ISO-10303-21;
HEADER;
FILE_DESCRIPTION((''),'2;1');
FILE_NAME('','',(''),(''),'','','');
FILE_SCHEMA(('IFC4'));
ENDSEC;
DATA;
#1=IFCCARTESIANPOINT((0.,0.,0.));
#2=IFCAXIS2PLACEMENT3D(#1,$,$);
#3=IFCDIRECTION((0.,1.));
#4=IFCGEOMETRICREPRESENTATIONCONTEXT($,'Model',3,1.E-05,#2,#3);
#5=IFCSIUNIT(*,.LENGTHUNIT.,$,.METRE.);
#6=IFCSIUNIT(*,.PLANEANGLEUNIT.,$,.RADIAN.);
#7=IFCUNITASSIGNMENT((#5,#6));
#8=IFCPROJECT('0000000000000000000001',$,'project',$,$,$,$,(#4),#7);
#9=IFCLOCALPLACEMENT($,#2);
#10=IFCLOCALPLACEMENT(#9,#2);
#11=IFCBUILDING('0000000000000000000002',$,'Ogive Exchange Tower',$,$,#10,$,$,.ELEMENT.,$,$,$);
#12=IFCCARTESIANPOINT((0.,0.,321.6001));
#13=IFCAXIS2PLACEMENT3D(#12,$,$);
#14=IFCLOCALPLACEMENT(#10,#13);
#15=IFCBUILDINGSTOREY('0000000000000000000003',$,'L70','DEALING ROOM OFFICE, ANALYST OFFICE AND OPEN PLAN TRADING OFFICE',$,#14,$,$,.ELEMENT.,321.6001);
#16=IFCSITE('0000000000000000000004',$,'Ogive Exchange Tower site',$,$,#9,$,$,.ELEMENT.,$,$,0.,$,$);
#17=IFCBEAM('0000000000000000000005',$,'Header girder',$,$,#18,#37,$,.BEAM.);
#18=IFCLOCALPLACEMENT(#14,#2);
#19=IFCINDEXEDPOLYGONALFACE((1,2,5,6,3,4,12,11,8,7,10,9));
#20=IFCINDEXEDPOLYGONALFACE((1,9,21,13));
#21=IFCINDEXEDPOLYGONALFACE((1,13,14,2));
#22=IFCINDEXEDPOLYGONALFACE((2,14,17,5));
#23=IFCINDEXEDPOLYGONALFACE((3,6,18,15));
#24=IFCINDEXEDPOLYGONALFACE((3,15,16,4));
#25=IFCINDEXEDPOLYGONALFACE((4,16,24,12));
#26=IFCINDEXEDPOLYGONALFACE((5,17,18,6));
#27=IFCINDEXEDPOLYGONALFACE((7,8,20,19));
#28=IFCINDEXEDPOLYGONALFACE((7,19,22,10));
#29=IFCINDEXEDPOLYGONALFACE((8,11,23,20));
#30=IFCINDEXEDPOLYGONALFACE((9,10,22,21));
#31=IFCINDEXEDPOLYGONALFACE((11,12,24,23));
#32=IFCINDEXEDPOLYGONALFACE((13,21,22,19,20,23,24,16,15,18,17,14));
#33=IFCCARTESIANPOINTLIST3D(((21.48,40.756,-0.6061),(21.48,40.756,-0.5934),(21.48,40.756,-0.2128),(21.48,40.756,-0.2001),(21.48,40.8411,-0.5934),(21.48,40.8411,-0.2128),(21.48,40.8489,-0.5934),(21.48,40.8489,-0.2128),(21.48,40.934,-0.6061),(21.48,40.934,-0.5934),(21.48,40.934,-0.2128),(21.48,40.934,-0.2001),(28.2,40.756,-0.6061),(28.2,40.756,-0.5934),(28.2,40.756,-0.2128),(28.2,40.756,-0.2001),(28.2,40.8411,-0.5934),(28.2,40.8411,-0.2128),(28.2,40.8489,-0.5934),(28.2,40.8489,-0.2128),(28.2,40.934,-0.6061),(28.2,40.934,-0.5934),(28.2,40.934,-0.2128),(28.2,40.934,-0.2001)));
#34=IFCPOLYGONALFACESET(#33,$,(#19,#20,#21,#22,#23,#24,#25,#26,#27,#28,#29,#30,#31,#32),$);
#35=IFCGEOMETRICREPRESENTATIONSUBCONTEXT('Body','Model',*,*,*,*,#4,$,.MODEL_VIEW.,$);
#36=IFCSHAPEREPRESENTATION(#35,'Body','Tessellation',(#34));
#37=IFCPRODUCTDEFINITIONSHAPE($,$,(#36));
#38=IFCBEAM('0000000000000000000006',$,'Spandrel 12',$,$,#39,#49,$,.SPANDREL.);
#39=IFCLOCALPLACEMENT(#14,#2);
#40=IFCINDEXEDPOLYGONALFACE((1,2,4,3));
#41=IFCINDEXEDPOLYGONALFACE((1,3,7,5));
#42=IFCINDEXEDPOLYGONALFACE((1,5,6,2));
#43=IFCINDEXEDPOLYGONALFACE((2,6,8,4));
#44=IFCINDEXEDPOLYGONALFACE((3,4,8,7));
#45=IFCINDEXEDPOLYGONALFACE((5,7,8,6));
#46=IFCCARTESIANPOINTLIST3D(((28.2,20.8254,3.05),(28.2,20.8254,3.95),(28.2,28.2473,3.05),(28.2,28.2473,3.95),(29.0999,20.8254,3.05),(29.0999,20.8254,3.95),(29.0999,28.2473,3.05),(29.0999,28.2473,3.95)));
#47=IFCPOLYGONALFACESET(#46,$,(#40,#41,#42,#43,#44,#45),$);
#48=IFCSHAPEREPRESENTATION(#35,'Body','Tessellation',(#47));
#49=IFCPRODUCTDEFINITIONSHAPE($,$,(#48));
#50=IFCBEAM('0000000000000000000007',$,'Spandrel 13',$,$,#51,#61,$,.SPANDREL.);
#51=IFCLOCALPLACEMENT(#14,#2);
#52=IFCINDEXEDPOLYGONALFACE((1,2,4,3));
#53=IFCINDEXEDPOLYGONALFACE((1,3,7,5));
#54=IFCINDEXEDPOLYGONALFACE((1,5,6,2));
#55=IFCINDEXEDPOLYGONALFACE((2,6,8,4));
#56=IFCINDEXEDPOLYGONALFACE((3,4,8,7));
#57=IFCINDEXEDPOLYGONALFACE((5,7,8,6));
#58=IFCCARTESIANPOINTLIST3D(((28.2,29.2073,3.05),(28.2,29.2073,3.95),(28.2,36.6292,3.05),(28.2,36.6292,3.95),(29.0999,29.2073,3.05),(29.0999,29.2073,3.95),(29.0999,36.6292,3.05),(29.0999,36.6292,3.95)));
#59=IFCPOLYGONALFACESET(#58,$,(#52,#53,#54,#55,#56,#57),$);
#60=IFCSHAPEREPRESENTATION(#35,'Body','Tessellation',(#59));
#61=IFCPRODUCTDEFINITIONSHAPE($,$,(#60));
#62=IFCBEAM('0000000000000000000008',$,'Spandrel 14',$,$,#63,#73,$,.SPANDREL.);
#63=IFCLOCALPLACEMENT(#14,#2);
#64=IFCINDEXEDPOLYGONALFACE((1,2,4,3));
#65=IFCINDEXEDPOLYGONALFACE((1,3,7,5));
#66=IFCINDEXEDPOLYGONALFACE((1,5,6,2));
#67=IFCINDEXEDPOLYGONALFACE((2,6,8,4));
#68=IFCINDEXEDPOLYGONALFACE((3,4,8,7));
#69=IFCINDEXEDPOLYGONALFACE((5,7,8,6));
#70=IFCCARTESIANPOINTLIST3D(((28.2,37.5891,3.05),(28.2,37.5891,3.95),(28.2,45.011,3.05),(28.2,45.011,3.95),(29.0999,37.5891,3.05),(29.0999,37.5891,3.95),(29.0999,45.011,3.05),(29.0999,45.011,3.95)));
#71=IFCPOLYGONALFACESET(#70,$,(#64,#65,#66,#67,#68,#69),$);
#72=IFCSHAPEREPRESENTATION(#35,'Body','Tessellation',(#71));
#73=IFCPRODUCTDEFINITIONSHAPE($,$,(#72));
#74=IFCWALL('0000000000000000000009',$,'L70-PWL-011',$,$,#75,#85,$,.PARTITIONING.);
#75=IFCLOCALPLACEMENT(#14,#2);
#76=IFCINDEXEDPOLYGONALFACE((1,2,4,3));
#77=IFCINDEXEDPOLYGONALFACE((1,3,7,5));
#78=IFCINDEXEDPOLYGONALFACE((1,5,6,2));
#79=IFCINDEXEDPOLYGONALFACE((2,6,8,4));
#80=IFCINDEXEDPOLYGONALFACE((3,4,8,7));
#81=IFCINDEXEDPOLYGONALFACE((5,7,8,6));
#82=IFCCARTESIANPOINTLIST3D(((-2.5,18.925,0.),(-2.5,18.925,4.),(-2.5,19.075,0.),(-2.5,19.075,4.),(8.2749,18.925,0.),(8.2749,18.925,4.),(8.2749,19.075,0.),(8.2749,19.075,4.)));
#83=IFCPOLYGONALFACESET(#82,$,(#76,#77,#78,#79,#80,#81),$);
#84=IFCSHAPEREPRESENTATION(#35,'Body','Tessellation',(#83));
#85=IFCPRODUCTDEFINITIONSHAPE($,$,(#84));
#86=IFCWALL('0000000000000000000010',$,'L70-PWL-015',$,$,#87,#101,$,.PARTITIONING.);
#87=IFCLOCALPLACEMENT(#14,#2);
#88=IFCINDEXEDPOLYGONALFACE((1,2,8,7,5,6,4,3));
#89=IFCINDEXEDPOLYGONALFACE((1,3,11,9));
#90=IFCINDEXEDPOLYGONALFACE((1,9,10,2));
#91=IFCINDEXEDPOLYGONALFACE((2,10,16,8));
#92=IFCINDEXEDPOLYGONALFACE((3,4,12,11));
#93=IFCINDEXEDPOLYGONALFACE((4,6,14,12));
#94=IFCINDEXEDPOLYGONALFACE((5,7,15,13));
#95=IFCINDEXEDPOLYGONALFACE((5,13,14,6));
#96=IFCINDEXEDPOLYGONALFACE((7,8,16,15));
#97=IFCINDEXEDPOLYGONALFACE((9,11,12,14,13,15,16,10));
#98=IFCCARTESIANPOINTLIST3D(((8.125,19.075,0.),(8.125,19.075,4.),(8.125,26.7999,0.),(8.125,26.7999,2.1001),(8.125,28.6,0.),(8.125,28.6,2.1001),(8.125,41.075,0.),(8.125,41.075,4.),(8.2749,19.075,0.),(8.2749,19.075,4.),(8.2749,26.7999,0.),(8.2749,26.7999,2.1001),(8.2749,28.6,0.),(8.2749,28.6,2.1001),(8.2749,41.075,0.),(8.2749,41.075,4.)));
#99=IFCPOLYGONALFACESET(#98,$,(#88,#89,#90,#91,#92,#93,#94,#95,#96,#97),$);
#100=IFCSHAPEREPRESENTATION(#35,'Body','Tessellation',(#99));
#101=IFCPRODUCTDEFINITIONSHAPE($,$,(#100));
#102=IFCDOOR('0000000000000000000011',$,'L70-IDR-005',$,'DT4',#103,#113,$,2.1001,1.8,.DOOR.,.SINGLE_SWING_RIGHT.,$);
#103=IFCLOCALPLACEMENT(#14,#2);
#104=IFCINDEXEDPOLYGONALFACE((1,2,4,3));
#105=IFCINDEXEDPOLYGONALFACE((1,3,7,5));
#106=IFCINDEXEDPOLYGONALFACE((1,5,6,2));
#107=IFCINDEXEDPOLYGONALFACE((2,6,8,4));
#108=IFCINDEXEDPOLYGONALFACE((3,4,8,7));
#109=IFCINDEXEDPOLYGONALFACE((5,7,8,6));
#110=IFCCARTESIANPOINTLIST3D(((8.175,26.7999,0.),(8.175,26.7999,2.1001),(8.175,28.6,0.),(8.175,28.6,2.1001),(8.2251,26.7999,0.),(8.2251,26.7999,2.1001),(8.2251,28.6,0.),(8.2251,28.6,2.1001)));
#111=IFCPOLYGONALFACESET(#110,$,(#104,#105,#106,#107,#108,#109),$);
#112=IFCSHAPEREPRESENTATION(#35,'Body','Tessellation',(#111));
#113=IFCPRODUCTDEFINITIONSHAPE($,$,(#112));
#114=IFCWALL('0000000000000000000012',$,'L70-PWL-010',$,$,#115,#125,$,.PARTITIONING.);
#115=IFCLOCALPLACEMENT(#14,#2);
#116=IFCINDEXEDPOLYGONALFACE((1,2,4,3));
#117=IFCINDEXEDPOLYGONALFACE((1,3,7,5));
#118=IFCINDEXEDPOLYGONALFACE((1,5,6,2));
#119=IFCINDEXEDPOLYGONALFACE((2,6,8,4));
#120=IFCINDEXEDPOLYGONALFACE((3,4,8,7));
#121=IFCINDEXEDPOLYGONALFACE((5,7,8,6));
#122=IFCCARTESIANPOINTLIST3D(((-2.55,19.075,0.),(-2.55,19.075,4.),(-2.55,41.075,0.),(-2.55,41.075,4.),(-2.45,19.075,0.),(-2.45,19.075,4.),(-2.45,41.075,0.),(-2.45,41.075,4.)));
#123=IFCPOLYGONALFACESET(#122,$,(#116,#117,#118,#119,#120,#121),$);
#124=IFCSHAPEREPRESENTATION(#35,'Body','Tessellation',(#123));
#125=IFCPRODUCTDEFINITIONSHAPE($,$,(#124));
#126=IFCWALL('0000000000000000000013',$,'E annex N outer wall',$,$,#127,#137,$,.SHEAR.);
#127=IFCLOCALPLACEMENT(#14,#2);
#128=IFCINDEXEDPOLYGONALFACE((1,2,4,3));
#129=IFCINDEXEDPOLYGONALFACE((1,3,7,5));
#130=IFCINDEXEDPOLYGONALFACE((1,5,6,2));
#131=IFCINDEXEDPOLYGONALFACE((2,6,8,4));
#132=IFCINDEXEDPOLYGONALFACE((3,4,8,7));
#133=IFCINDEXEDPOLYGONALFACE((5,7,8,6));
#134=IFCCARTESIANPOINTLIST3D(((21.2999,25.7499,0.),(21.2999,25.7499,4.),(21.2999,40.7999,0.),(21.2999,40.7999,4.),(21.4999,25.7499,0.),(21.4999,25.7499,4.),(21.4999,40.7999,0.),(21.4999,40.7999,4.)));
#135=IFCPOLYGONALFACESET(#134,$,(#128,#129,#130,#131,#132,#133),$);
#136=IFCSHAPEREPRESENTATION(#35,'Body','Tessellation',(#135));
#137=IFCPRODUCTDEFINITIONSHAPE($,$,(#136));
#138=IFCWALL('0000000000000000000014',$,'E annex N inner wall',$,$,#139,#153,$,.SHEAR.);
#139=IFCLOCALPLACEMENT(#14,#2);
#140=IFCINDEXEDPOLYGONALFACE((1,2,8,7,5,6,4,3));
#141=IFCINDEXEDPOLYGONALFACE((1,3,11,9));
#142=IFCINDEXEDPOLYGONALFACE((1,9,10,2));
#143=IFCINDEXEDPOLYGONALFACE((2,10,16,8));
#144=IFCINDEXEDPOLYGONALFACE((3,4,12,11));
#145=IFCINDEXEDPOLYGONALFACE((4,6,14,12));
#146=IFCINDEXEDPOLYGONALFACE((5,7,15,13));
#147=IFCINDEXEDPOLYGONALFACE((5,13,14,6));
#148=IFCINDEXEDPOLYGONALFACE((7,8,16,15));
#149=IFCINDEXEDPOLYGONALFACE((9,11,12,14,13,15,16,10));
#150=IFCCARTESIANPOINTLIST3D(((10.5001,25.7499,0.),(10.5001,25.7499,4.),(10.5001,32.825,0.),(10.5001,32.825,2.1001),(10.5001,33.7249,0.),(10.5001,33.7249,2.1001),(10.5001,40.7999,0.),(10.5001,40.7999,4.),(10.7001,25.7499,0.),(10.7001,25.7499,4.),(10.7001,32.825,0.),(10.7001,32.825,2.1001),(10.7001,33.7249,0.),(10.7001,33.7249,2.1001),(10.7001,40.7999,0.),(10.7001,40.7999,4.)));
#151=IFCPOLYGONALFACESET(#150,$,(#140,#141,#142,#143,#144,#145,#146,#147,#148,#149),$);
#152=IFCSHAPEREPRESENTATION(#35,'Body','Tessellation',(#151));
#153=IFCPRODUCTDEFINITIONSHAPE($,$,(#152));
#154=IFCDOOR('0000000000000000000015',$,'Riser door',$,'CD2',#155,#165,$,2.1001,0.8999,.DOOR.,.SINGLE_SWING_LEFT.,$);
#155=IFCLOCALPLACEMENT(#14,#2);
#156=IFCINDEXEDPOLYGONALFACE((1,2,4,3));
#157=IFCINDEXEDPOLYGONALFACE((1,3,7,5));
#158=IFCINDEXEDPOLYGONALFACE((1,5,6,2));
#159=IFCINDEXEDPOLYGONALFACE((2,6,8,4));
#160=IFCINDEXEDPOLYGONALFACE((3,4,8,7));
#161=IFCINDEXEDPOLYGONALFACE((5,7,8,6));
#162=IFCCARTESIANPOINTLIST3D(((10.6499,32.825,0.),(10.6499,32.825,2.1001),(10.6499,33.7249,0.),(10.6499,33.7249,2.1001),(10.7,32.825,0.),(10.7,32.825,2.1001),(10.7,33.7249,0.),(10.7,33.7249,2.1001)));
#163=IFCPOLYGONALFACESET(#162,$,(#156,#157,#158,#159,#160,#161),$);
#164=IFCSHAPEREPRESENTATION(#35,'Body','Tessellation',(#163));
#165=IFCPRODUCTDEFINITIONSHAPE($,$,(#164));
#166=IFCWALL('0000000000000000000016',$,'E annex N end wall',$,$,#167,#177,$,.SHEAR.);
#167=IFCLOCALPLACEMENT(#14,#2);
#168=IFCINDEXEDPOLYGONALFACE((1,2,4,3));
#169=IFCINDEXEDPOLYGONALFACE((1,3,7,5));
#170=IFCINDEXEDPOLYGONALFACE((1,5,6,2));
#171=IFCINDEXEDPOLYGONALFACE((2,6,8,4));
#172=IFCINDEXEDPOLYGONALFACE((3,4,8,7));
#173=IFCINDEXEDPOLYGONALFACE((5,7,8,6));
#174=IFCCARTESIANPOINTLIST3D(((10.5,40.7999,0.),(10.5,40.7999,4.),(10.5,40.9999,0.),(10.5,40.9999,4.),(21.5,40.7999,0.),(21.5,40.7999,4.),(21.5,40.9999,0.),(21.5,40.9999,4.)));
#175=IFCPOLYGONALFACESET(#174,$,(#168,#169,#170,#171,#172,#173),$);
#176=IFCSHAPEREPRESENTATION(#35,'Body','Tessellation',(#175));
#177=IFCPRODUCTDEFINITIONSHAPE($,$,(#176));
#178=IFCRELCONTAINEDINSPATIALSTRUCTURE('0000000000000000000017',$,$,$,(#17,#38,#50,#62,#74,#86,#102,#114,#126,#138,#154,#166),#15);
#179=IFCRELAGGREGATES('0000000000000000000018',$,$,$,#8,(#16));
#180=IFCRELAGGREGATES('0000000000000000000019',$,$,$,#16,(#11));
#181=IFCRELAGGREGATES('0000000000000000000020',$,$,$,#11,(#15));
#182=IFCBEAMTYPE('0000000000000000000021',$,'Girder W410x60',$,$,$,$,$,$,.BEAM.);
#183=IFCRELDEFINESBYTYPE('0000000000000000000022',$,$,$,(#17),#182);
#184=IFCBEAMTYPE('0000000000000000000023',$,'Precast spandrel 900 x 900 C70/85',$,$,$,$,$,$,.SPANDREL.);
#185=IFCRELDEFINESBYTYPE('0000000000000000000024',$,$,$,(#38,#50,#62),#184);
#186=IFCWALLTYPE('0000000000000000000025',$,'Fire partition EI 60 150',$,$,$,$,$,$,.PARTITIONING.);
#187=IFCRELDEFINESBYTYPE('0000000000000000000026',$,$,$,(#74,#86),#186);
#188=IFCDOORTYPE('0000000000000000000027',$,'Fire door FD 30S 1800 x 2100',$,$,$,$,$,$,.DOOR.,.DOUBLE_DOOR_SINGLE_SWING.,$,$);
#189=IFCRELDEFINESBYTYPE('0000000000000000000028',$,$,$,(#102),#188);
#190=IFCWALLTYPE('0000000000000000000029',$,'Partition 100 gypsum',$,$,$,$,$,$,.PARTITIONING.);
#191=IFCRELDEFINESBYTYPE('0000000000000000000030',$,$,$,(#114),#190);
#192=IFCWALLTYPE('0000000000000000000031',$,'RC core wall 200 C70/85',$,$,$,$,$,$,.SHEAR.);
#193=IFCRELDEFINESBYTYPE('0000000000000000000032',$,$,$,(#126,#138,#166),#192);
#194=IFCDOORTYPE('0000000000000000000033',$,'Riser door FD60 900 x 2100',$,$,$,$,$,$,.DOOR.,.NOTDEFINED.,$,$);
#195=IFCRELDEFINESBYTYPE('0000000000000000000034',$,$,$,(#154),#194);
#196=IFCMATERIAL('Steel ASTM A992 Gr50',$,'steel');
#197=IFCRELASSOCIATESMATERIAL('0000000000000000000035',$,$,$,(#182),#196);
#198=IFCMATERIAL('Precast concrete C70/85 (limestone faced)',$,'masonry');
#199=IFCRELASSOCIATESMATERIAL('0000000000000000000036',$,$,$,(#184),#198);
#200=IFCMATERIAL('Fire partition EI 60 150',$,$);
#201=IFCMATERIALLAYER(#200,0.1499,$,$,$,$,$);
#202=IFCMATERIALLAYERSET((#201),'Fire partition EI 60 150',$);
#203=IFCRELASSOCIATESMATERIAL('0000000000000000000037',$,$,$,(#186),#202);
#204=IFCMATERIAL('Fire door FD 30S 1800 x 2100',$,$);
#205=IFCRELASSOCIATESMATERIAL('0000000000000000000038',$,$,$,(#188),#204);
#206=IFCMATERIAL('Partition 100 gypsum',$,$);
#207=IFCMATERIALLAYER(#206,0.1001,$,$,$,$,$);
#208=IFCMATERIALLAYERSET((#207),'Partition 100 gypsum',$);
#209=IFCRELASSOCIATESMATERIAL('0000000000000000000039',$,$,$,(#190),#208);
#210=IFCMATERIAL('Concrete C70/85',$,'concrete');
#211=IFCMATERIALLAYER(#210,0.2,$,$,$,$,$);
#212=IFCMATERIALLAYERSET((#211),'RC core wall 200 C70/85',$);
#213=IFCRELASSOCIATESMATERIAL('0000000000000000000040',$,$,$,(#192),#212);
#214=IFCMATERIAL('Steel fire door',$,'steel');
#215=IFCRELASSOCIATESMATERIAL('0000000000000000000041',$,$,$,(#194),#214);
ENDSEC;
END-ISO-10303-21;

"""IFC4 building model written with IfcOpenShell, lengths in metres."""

from ifc_helpers import new_model, si_unit, direction, frame, frame_2d, origin, origin_2d, place, context, subcontext, project, spatial, rectangle, i_section, extrude, material, layer, layer_set, material_profile, profile_set, type_object, element, fill, save


model = new_model("IFC4")

# Units and contexts
model_context = context("Model", 3, precision=1e-05, world=origin(), true_north=direction((0.0, 1.0)))
body_context = subcontext(model_context, "Body", "Model", "MODEL_VIEW")
ifc_project = project(units=[si_unit("LENGTHUNIT", "METRE"), si_unit("PLANEANGLEUNIT", "RADIAN")], contexts=[model_context])

# Site, building, storey
site_placement = place(None, origin())
site = spatial("IfcSite", under=ifc_project, at=site_placement, Name="Ogive Exchange Tower site", CompositionType="ELEMENT", RefElevation=0.0)
building_placement = place(site_placement, origin())
building = spatial("IfcBuilding", under=site, at=building_placement, Name="Ogive Exchange Tower", CompositionType="ELEMENT")
storey_placement = place(building_placement, frame((0.0, 0.0, 321.6001)))
storey = spatial("IfcBuildingStorey", under=building, at=storey_placement, Name="L70", Description="DEALING ROOM OFFICE, ANALYST OFFICE AND OPEN PLAN TRADING OFFICE", CompositionType="ELEMENT", Elevation=321.6001)

# Shared definitions
ifc_material_1 = material(Name="Precast concrete C70/85 (limestone faced)", Category="masonry")

# Beams
ifc_material_2 = material(Name="Steel ASTM A992 Gr50", Category="steel")
ifc_material_profile_1 = material_profile(ifc_material_2, i_section(OverallWidth=0.178, OverallDepth=0.406, WebThickness=0.0078, FlangeThickness=0.0127, at=origin_2d()), Name="W410x60")
ifc_profile_set_1 = profile_set([ifc_material_profile_1], Name="Steel ASTM A992 Gr50")
beam_type_1 = type_object("IfcBeamType", Name="Girder W410x60", PredefinedType="BEAM", material=ifc_profile_set_1)
beam_1_placement = place(storey_placement, frame((21.48, 40.845, -0.4031), z_axis=(1.0, 0.0, 0.0), x_axis=(0.0, 1.0, 0.0)))
element("IfcBeam", 1, at=beam_1_placement, inside=storey, type_object=beam_type_1, Name="Header girder", PredefinedType="BEAM", context=body_context, shape_type="SweptSolid", body=[
    extrude(i_section(OverallWidth=0.178, OverallDepth=0.406, WebThickness=0.0078, FlangeThickness=0.0127, at=origin_2d()), origin(), (0.0, 0.0, 1.0), 6.72),
])
ifc_material_profile_2 = material_profile(ifc_material_1, rectangle(XDim=0.8999, YDim=0.8999, at=origin_2d()), Name="900 x 900")
ifc_profile_set_2 = profile_set([ifc_material_profile_2], Name="Precast concrete C70/85 (limestone faced)")
beam_type_2 = type_object("IfcBeamType", Name="Precast spandrel 900 x 900 C70/85", PredefinedType="SPANDREL", material=ifc_profile_set_2)
for number, where, z_axis, x_axis, name in (
    (2, (28.6499, 20.8254, 3.5), (0.0, 1.0, 0.0), (-1.0, 0.0, 0.0), "Spandrel 12"),
    (3, (28.6499, 29.2073, 3.5), (0.0, 1.0, 0.0), (-1.0, 0.0, 0.0), "Spandrel 13"),
    (4, (28.6499, 37.5891, 3.5), (0.0, 1.0, 0.0), (-1.0, 0.0, 0.0), "Spandrel 14"),
):
    element("IfcBeam", number, at=place(storey_placement, frame(where, z_axis=z_axis, x_axis=x_axis)), inside=storey, type_object=beam_type_2, Name=name, PredefinedType="SPANDREL", context=body_context, shape_type="SweptSolid", body=[
        extrude(rectangle(XDim=0.8999, YDim=0.8999, at=origin_2d()), origin(), (0.0, 0.0, 1.0), 7.4219),
    ])

# Wall
ifc_material_3 = material(Name="Fire partition EI 60 150")
ifc_layer_1 = layer(ifc_material_3, 0.1499)
ifc_layer_set_1 = layer_set([ifc_layer_1], Name="Fire partition EI 60 150")
wall_type_1 = type_object("IfcWallType", Name="Fire partition EI 60 150", PredefinedType="PARTITIONING", material=ifc_layer_set_1)
wall_1_placement = place(storey_placement, frame((-2.5, 19.0, 0.0), z_axis=(0.0, 0.0, 1.0), x_axis=(1.0, 0.0, 0.0)))
element("IfcWall", 5, at=wall_1_placement, inside=storey, type_object=wall_type_1, Name="L70-PWL-011", PredefinedType="PARTITIONING", context=body_context, shape_type="SweptSolid", body=[
    extrude(rectangle(XDim=10.7749, YDim=0.1499, at=frame_2d((5.3875, 0.0))), origin(), (0.0, 0.0, 1.0), 4.0),
])

# Wall, opening, door
wall_2_placement = place(storey_placement, frame((8.2, 19.075, 0.0), z_axis=(0.0, 0.0, 1.0), x_axis=(0.0, 1.0, 0.0)))
wall_2 = element("IfcWall", 6, at=wall_2_placement, inside=storey, type_object=wall_type_1, Name="L70-PWL-015", PredefinedType="PARTITIONING", context=body_context, shape_type="SweptSolid", body=[
    extrude(rectangle(XDim=22.0, YDim=0.1499, at=frame_2d((11.0, 0.0))), origin(), (0.0, 0.0, 1.0), 4.0),
])
opening_1_placement = place(wall_2_placement, frame((7.7251, 0.0, 0.0)))
opening_1 = element("IfcOpeningElement", 7, at=opening_1_placement, cuts=wall_2, PredefinedType="OPENING", context=body_context, shape_type="SweptSolid", body=[
    extrude(rectangle(XDim=1.8, YDim=2.1001, at=frame_2d((0.8999, 1.05))), frame((0.0, 0.085, 0.0), z_axis=(0.0, -1.0, 0.0), x_axis=(1.0, 0.0, 0.0)), (0.0, 0.0, 1.0), 0.1699),
])
ifc_material_4 = material(Name="Fire door FD 30S 1800 x 2100")
door_type_1 = type_object("IfcDoorType", Name="Fire door FD 30S 1800 x 2100", OperationType="DOUBLE_DOOR_SINGLE_SWING", PredefinedType="DOOR", material=ifc_material_4)
door_1_placement = place(opening_1_placement, origin())
door_1 = element("IfcDoor", 8, at=door_1_placement, inside=storey, type_object=door_type_1, Name="L70-IDR-005", ObjectType="DT4", OperationType="SINGLE_SWING_RIGHT", OverallHeight=2.1001, OverallWidth=1.8, PredefinedType="DOOR", context=body_context, shape_type="SweptSolid", body=[
    extrude(rectangle(XDim=1.8, YDim=2.1001, at=frame_2d((0.8999, 1.05))), frame((0.0, 0.0249, 0.0), z_axis=(0.0, -1.0, 0.0), x_axis=(1.0, 0.0, 0.0)), (0.0, 0.0, 1.0), 0.05),
])
fill(opening_1, door_1)

# Walls
ifc_material_5 = material(Name="Partition 100 gypsum")
ifc_layer_2 = layer(ifc_material_5, 0.1001)
ifc_layer_set_2 = layer_set([ifc_layer_2], Name="Partition 100 gypsum")
wall_type_2 = type_object("IfcWallType", Name="Partition 100 gypsum", PredefinedType="PARTITIONING", material=ifc_layer_set_2)
wall_3_placement = place(storey_placement, frame((-2.5, 19.075, 0.0), z_axis=(0.0, 0.0, 1.0), x_axis=(0.0, 1.0, 0.0)))
element("IfcWall", 9, at=wall_3_placement, inside=storey, type_object=wall_type_2, Name="L70-PWL-010", PredefinedType="PARTITIONING", context=body_context, shape_type="SweptSolid", body=[
    extrude(rectangle(XDim=22.0, YDim=0.1001, at=frame_2d((11.0, 0.0))), origin(), (0.0, 0.0, 1.0), 4.0),
])
ifc_material_6 = material(Name="Concrete C70/85", Category="concrete")
ifc_layer_3 = layer(ifc_material_6, 0.2)
ifc_layer_set_3 = layer_set([ifc_layer_3], Name="RC core wall 200 C70/85")
wall_type_3 = type_object("IfcWallType", Name="RC core wall 200 C70/85", PredefinedType="SHEAR", material=ifc_layer_set_3)
wall_4_placement = place(storey_placement, frame((21.3999, 25.75, 0.0), z_axis=(0.0, 0.0, 1.0), x_axis=(0.0, 1.0, 0.0)))
element("IfcWall", 10, at=wall_4_placement, inside=storey, type_object=wall_type_3, Name="E annex N outer wall", PredefinedType="SHEAR", context=body_context, shape_type="SweptSolid", body=[
    extrude(rectangle(XDim=15.05, YDim=0.2, at=frame_2d((7.5249, 0.0))), origin(), (0.0, 0.0, 1.0), 4.0),
])

# Wall, opening, door
wall_5_placement = place(storey_placement, frame((10.6001, 25.75, 0.0), z_axis=(0.0, 0.0, 1.0), x_axis=(0.0, 1.0, 0.0)))
wall_5 = element("IfcWall", 11, at=wall_5_placement, inside=storey, type_object=wall_type_3, Name="E annex N inner wall", PredefinedType="SHEAR", context=body_context, shape_type="SweptSolid", body=[
    extrude(rectangle(XDim=15.05, YDim=0.2, at=frame_2d((7.5249, 0.0))), origin(), (0.0, 0.0, 1.0), 4.0),
])
opening_2_placement = place(wall_5_placement, frame((7.075, 0.0, 0.0)))
opening_2 = element("IfcOpeningElement", 12, at=opening_2_placement, cuts=wall_5, PredefinedType="OPENING", context=body_context, shape_type="SweptSolid", body=[
    extrude(rectangle(XDim=0.8999, YDim=2.1001, at=frame_2d((0.45, 1.05))), frame((0.0, 0.1099, 0.0), z_axis=(0.0, -1.0, 0.0), x_axis=(1.0, 0.0, 0.0)), (0.0, 0.0, 1.0), 0.22),
])
ifc_material_7 = material(Name="Steel fire door", Category="steel")
door_type_2 = type_object("IfcDoorType", Name="Riser door FD60 900 x 2100", OperationType="NOTDEFINED", PredefinedType="DOOR", material=ifc_material_7)
door_2_placement = place(opening_2_placement, origin())
door_2 = element("IfcDoor", 13, at=door_2_placement, inside=storey, type_object=door_type_2, Name="Riser door", ObjectType="CD2", OperationType="SINGLE_SWING_LEFT", OverallHeight=2.1001, OverallWidth=0.8999, PredefinedType="DOOR", context=body_context, shape_type="SweptSolid", body=[
    extrude(rectangle(XDim=0.8999, YDim=2.1001, at=frame_2d((0.45, 1.05))), frame((0.0, -0.0498, 0.0), z_axis=(0.0, -1.0, 0.0), x_axis=(1.0, 0.0, 0.0)), (0.0, 0.0, 1.0), 0.05),
])
fill(opening_2, door_2)

# Wall
wall_6_placement = place(storey_placement, frame((10.5, 40.8999, 0.0), z_axis=(0.0, 0.0, 1.0), x_axis=(1.0, 0.0, 0.0)))
element("IfcWall", 14, at=wall_6_placement, inside=storey, type_object=wall_type_3, Name="E annex N end wall", PredefinedType="SHEAR", context=body_context, shape_type="SweptSolid", body=[
    extrude(rectangle(XDim=11.0, YDim=0.2, at=frame_2d((5.5, 0.0))), origin(), (0.0, 0.0, 1.0), 4.0),
])

save(model, "model.ifc")
